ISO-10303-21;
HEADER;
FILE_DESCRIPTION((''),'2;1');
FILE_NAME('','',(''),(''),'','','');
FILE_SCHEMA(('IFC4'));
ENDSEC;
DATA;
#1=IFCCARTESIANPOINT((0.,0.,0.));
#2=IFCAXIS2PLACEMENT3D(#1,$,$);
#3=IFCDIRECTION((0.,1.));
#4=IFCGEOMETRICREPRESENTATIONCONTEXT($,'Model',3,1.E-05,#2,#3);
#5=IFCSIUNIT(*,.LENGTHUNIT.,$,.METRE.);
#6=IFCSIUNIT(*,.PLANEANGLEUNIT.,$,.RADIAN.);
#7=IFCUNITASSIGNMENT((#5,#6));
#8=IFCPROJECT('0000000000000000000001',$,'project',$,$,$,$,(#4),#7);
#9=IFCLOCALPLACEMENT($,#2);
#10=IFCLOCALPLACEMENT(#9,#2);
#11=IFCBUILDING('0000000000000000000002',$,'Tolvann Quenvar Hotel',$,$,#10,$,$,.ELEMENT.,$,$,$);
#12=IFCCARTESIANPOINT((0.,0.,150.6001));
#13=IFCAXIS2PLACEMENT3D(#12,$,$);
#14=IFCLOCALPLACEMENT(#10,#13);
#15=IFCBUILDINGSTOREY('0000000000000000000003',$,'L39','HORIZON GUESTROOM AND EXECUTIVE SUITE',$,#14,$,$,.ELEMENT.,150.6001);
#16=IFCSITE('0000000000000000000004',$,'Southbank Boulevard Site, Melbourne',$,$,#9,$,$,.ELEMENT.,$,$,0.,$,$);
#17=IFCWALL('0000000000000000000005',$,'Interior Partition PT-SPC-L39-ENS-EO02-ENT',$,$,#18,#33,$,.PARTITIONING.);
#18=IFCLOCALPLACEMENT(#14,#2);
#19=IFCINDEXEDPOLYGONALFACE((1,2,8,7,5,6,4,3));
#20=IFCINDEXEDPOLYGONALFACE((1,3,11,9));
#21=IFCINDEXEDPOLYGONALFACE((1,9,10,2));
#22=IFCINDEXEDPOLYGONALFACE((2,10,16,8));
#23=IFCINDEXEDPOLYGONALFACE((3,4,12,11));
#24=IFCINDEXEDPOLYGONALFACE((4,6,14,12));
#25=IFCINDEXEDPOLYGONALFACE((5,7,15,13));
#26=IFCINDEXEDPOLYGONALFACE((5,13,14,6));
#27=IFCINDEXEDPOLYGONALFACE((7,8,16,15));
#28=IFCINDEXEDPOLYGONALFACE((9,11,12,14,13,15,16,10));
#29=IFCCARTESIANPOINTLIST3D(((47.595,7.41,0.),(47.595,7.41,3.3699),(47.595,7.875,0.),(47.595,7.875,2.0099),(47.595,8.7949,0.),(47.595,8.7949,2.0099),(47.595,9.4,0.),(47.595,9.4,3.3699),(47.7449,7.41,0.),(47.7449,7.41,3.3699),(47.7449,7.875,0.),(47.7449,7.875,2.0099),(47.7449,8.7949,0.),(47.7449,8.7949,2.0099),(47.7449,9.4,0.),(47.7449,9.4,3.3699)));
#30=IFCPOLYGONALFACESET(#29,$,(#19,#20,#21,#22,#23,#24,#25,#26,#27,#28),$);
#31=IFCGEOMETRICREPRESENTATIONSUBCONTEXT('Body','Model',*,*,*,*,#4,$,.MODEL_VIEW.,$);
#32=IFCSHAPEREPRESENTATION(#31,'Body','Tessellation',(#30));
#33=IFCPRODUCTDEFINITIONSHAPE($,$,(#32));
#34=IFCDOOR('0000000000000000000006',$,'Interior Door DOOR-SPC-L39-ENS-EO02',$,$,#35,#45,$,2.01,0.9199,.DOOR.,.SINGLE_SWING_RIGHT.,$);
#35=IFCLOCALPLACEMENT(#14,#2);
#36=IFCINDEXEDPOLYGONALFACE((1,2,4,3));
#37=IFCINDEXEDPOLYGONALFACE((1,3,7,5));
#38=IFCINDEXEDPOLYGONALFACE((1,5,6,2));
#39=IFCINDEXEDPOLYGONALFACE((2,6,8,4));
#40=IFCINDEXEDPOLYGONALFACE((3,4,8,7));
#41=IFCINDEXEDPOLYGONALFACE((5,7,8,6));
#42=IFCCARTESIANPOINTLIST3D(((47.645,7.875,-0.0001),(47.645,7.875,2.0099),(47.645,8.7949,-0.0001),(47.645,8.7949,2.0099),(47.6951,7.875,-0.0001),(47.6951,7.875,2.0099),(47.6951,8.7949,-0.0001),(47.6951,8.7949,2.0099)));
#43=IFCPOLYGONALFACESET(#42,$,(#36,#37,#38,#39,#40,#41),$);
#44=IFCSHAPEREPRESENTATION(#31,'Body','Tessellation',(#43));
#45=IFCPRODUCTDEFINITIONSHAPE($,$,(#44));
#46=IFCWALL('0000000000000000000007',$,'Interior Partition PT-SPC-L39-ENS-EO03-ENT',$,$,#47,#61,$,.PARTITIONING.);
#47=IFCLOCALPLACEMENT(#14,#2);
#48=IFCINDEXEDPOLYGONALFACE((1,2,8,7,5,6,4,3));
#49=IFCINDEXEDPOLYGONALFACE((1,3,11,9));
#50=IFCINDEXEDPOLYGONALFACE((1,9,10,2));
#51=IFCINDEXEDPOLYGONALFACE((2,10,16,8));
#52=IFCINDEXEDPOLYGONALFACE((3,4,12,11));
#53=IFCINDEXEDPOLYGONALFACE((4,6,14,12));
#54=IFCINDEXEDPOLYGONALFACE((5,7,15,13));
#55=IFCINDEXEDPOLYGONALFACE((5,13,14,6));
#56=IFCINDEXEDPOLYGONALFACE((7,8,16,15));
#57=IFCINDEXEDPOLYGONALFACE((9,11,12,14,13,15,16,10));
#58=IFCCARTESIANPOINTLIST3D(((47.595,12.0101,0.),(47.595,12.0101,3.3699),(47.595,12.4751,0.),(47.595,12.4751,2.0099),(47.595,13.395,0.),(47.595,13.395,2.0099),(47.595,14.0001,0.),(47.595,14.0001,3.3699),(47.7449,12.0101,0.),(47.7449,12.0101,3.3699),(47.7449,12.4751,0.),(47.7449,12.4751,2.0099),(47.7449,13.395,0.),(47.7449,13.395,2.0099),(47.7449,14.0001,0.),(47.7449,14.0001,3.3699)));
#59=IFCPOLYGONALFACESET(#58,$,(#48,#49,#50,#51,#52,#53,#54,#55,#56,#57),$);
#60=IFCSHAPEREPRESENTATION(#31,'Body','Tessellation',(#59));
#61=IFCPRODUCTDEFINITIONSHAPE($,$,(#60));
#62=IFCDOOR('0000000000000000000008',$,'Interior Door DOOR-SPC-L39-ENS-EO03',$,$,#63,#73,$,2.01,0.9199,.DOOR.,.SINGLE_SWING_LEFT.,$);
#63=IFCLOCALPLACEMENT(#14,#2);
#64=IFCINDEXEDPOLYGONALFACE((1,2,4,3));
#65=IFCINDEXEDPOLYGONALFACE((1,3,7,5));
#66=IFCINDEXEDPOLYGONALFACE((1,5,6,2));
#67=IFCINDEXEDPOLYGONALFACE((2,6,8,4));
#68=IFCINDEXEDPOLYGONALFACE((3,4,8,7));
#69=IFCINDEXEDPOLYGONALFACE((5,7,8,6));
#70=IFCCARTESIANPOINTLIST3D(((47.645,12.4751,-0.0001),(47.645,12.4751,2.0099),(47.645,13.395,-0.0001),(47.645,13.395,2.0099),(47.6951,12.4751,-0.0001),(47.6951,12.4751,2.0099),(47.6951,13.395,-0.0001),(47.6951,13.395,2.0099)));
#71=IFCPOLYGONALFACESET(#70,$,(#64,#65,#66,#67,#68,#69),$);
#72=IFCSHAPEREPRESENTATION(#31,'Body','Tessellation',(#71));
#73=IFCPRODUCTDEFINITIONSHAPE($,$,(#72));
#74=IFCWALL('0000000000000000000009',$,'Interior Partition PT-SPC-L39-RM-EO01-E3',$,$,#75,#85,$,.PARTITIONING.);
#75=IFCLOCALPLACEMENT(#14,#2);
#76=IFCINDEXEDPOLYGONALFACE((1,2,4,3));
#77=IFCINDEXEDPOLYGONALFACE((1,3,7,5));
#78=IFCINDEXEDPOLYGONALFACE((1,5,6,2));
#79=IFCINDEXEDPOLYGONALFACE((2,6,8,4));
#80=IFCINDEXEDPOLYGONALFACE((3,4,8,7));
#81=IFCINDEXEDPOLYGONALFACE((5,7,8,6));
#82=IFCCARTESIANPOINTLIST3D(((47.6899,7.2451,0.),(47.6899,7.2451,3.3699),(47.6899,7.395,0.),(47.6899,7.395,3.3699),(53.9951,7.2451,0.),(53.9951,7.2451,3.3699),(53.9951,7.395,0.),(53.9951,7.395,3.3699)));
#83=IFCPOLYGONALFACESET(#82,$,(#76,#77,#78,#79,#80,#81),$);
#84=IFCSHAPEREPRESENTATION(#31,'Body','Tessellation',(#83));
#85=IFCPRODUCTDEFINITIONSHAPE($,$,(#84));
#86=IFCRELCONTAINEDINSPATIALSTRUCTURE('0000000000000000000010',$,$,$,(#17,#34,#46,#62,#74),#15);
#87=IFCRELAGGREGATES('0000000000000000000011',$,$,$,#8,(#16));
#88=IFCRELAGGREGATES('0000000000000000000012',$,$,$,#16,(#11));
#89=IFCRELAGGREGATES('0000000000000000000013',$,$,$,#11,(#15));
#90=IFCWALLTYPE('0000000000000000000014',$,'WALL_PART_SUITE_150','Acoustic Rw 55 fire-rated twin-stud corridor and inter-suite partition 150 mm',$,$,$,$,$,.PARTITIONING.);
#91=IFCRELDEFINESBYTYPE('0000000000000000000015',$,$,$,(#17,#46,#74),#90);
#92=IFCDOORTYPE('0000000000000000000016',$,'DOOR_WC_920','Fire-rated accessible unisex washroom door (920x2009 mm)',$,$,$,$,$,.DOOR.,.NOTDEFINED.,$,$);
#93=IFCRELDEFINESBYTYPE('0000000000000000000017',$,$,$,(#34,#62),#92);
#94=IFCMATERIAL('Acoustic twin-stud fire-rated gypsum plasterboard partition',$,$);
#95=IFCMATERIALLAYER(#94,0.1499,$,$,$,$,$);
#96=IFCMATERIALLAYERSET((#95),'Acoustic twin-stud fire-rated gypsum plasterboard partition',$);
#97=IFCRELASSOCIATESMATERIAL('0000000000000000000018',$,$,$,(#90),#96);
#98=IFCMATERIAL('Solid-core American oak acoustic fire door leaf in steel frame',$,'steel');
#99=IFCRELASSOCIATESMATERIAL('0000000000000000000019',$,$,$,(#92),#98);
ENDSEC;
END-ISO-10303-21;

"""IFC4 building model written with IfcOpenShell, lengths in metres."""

from ifc_helpers import new_model, si_unit, direction, frame, frame_2d, origin, place, context, subcontext, project, spatial, rectangle, extrude, source, transform, mapped, material, layer, layer_set, type_object, type_shapes, element, fill, save


model = new_model("IFC4")

# Units and contexts
model_context = context("Model", 3, precision=1e-05, world=origin(), true_north=direction((0.0, 1.0)))
body_context = subcontext(model_context, "Body", "Model", "MODEL_VIEW")
ifc_project = project(units=[si_unit("LENGTHUNIT", "METRE"), si_unit("PLANEANGLEUNIT", "RADIAN")], contexts=[model_context])

# Site, building, storey
site_placement = place(None, origin())
site = spatial("IfcSite", under=ifc_project, at=site_placement, Name="Southbank Boulevard Site, Melbourne", CompositionType="ELEMENT", RefElevation=0.0)
building_placement = place(site_placement, origin())
building = spatial("IfcBuilding", under=site, at=building_placement, Name="Tolvann Quenvar Hotel", CompositionType="ELEMENT")
storey_placement = place(building_placement, frame((0.0, 0.0, 150.6001)))
storey = spatial("IfcBuildingStorey", under=building, at=storey_placement, Name="L39", Description="HORIZON GUESTROOM AND EXECUTIVE SUITE", CompositionType="ELEMENT", Elevation=150.6001)

# Walls, openings, doors
ifc_material_1 = material(Name="Acoustic twin-stud fire-rated gypsum plasterboard partition")
ifc_layer_1 = layer(ifc_material_1, 0.1499)
ifc_layer_set_1 = layer_set([ifc_layer_1], Name="Acoustic twin-stud fire-rated gypsum plasterboard partition")
wall_type_1 = type_object("IfcWallType", Name="WALL_PART_SUITE_150", Description="Acoustic Rw 55 fire-rated twin-stud corridor and inter-suite partition 150 mm", PredefinedType="PARTITIONING", material=ifc_layer_set_1)
wall_1_placement = place(storey_placement, frame((47.6699, 7.4099, 0.0), z_axis=(0.0, 0.0, 1.0), x_axis=(0.0, 1.0, 0.0)))
wall_1 = element("IfcWall", 1, at=wall_1_placement, inside=storey, type_object=wall_type_1, Name="Interior Partition PT-SPC-L39-ENS-EO02-ENT", PredefinedType="PARTITIONING", context=body_context, shape_type="SweptSolid", body=[
    extrude(rectangle(XDim=1.99, YDim=0.1499, at=frame_2d((0.9951, 0.0))), origin(), (0.0, 0.0, 1.0), 3.3699),
])
opening_1_placement = place(wall_1_placement, frame((0.4651, 0.0, 0.0)))
opening_1 = element("IfcOpeningElement", 2, at=opening_1_placement, cuts=wall_1, PredefinedType="OPENING", context=body_context, shape_type="SweptSolid", body=[
    extrude(rectangle(XDim=0.9199, YDim=2.01, at=frame_2d((0.46, 1.0049))), frame((0.0, 0.085, 0.0), z_axis=(0.0, -1.0, 0.0), x_axis=(1.0, 0.0, 0.0)), (0.0, 0.0, 1.0), 0.1699),
])
ifc_material_2 = material(Name="Solid-core American oak acoustic fire door leaf in steel frame", Category="steel")
door_type_1 = type_object("IfcDoorType", Name="DOOR_WC_920", Description="Fire-rated accessible unisex washroom door (920x2009 mm)", OperationType="NOTDEFINED", PredefinedType="DOOR", material=ifc_material_2)
shared_shape_1 = source(origin(), body_context, "Body", "SweptSolid", [
    extrude(rectangle(XDim=0.9199, YDim=2.01, at=frame_2d((0.46, 1.0049))), frame((0.0, 0.0249, 0.0), z_axis=(0.0, -1.0, 0.0), x_axis=(1.0, 0.0, 0.0)), (0.0, 0.0, 1.0), 0.05),
])
type_shapes(door_type_1, [shared_shape_1])
door_1_placement = place(opening_1_placement, origin())
door_1 = element("IfcDoor", 3, at=door_1_placement, inside=storey, type_object=door_type_1, Name="Interior Door DOOR-SPC-L39-ENS-EO02", OperationType="SINGLE_SWING_RIGHT", OverallHeight=2.01, OverallWidth=0.9199, PredefinedType="DOOR", context=body_context, shape_type="MappedRepresentation", body=[
    mapped(shared_shape_1, transform((0.0, 0.0, 0.0), x_axis=(1.0, 0.0, 0.0), y_axis=(0.0, 1.0, 0.0), z_axis=(0.0, 0.0, 1.0), scale=1.0)),
])
fill(opening_1, door_1)
wall_2_placement = place(storey_placement, frame((47.6699, 12.01, 0.0), z_axis=(0.0, 0.0, 1.0), x_axis=(0.0, 1.0, 0.0)))
wall_2 = element("IfcWall", 4, at=wall_2_placement, inside=storey, type_object=wall_type_1, Name="Interior Partition PT-SPC-L39-ENS-EO03-ENT", PredefinedType="PARTITIONING", context=body_context, shape_type="SweptSolid", body=[
    extrude(rectangle(XDim=1.99, YDim=0.1499, at=frame_2d((0.9951, 0.0))), origin(), (0.0, 0.0, 1.0), 3.3699),
])
opening_2_placement = place(wall_2_placement, frame((0.4651, 0.0, 0.0)))
opening_2 = element("IfcOpeningElement", 5, at=opening_2_placement, cuts=wall_2, PredefinedType="OPENING", context=body_context, shape_type="SweptSolid", body=[
    extrude(rectangle(XDim=0.9199, YDim=2.01, at=frame_2d((0.46, 1.0049))), frame((0.0, 0.085, 0.0), z_axis=(0.0, -1.0, 0.0), x_axis=(1.0, 0.0, 0.0)), (0.0, 0.0, 1.0), 0.1699),
])
door_2_placement = place(opening_2_placement, origin())
door_2 = element("IfcDoor", 6, at=door_2_placement, inside=storey, type_object=door_type_1, Name="Interior Door DOOR-SPC-L39-ENS-EO03", OperationType="SINGLE_SWING_LEFT", OverallHeight=2.01, OverallWidth=0.9199, PredefinedType="DOOR", context=body_context, shape_type="MappedRepresentation", body=[
    mapped(shared_shape_1, transform((0.0, 0.0, 0.0), x_axis=(1.0, 0.0, 0.0), y_axis=(0.0, 1.0, 0.0), z_axis=(0.0, 0.0, 1.0), scale=1.0)),
])
fill(opening_2, door_2)

# Wall
wall_3_placement = place(storey_placement, frame((47.6899, 7.3201, 0.0), z_axis=(0.0, 0.0, 1.0), x_axis=(1.0, 0.0, 0.0)))
element("IfcWall", 7, at=wall_3_placement, inside=storey, type_object=wall_type_1, Name="Interior Partition PT-SPC-L39-RM-EO01-E3", PredefinedType="PARTITIONING", context=body_context, shape_type="SweptSolid", body=[
    extrude(rectangle(XDim=6.3052, YDim=0.1499, at=frame_2d((3.1526, 0.0))), origin(), (0.0, 0.0, 1.0), 3.3699),
])

save(model, "model.ifc")
